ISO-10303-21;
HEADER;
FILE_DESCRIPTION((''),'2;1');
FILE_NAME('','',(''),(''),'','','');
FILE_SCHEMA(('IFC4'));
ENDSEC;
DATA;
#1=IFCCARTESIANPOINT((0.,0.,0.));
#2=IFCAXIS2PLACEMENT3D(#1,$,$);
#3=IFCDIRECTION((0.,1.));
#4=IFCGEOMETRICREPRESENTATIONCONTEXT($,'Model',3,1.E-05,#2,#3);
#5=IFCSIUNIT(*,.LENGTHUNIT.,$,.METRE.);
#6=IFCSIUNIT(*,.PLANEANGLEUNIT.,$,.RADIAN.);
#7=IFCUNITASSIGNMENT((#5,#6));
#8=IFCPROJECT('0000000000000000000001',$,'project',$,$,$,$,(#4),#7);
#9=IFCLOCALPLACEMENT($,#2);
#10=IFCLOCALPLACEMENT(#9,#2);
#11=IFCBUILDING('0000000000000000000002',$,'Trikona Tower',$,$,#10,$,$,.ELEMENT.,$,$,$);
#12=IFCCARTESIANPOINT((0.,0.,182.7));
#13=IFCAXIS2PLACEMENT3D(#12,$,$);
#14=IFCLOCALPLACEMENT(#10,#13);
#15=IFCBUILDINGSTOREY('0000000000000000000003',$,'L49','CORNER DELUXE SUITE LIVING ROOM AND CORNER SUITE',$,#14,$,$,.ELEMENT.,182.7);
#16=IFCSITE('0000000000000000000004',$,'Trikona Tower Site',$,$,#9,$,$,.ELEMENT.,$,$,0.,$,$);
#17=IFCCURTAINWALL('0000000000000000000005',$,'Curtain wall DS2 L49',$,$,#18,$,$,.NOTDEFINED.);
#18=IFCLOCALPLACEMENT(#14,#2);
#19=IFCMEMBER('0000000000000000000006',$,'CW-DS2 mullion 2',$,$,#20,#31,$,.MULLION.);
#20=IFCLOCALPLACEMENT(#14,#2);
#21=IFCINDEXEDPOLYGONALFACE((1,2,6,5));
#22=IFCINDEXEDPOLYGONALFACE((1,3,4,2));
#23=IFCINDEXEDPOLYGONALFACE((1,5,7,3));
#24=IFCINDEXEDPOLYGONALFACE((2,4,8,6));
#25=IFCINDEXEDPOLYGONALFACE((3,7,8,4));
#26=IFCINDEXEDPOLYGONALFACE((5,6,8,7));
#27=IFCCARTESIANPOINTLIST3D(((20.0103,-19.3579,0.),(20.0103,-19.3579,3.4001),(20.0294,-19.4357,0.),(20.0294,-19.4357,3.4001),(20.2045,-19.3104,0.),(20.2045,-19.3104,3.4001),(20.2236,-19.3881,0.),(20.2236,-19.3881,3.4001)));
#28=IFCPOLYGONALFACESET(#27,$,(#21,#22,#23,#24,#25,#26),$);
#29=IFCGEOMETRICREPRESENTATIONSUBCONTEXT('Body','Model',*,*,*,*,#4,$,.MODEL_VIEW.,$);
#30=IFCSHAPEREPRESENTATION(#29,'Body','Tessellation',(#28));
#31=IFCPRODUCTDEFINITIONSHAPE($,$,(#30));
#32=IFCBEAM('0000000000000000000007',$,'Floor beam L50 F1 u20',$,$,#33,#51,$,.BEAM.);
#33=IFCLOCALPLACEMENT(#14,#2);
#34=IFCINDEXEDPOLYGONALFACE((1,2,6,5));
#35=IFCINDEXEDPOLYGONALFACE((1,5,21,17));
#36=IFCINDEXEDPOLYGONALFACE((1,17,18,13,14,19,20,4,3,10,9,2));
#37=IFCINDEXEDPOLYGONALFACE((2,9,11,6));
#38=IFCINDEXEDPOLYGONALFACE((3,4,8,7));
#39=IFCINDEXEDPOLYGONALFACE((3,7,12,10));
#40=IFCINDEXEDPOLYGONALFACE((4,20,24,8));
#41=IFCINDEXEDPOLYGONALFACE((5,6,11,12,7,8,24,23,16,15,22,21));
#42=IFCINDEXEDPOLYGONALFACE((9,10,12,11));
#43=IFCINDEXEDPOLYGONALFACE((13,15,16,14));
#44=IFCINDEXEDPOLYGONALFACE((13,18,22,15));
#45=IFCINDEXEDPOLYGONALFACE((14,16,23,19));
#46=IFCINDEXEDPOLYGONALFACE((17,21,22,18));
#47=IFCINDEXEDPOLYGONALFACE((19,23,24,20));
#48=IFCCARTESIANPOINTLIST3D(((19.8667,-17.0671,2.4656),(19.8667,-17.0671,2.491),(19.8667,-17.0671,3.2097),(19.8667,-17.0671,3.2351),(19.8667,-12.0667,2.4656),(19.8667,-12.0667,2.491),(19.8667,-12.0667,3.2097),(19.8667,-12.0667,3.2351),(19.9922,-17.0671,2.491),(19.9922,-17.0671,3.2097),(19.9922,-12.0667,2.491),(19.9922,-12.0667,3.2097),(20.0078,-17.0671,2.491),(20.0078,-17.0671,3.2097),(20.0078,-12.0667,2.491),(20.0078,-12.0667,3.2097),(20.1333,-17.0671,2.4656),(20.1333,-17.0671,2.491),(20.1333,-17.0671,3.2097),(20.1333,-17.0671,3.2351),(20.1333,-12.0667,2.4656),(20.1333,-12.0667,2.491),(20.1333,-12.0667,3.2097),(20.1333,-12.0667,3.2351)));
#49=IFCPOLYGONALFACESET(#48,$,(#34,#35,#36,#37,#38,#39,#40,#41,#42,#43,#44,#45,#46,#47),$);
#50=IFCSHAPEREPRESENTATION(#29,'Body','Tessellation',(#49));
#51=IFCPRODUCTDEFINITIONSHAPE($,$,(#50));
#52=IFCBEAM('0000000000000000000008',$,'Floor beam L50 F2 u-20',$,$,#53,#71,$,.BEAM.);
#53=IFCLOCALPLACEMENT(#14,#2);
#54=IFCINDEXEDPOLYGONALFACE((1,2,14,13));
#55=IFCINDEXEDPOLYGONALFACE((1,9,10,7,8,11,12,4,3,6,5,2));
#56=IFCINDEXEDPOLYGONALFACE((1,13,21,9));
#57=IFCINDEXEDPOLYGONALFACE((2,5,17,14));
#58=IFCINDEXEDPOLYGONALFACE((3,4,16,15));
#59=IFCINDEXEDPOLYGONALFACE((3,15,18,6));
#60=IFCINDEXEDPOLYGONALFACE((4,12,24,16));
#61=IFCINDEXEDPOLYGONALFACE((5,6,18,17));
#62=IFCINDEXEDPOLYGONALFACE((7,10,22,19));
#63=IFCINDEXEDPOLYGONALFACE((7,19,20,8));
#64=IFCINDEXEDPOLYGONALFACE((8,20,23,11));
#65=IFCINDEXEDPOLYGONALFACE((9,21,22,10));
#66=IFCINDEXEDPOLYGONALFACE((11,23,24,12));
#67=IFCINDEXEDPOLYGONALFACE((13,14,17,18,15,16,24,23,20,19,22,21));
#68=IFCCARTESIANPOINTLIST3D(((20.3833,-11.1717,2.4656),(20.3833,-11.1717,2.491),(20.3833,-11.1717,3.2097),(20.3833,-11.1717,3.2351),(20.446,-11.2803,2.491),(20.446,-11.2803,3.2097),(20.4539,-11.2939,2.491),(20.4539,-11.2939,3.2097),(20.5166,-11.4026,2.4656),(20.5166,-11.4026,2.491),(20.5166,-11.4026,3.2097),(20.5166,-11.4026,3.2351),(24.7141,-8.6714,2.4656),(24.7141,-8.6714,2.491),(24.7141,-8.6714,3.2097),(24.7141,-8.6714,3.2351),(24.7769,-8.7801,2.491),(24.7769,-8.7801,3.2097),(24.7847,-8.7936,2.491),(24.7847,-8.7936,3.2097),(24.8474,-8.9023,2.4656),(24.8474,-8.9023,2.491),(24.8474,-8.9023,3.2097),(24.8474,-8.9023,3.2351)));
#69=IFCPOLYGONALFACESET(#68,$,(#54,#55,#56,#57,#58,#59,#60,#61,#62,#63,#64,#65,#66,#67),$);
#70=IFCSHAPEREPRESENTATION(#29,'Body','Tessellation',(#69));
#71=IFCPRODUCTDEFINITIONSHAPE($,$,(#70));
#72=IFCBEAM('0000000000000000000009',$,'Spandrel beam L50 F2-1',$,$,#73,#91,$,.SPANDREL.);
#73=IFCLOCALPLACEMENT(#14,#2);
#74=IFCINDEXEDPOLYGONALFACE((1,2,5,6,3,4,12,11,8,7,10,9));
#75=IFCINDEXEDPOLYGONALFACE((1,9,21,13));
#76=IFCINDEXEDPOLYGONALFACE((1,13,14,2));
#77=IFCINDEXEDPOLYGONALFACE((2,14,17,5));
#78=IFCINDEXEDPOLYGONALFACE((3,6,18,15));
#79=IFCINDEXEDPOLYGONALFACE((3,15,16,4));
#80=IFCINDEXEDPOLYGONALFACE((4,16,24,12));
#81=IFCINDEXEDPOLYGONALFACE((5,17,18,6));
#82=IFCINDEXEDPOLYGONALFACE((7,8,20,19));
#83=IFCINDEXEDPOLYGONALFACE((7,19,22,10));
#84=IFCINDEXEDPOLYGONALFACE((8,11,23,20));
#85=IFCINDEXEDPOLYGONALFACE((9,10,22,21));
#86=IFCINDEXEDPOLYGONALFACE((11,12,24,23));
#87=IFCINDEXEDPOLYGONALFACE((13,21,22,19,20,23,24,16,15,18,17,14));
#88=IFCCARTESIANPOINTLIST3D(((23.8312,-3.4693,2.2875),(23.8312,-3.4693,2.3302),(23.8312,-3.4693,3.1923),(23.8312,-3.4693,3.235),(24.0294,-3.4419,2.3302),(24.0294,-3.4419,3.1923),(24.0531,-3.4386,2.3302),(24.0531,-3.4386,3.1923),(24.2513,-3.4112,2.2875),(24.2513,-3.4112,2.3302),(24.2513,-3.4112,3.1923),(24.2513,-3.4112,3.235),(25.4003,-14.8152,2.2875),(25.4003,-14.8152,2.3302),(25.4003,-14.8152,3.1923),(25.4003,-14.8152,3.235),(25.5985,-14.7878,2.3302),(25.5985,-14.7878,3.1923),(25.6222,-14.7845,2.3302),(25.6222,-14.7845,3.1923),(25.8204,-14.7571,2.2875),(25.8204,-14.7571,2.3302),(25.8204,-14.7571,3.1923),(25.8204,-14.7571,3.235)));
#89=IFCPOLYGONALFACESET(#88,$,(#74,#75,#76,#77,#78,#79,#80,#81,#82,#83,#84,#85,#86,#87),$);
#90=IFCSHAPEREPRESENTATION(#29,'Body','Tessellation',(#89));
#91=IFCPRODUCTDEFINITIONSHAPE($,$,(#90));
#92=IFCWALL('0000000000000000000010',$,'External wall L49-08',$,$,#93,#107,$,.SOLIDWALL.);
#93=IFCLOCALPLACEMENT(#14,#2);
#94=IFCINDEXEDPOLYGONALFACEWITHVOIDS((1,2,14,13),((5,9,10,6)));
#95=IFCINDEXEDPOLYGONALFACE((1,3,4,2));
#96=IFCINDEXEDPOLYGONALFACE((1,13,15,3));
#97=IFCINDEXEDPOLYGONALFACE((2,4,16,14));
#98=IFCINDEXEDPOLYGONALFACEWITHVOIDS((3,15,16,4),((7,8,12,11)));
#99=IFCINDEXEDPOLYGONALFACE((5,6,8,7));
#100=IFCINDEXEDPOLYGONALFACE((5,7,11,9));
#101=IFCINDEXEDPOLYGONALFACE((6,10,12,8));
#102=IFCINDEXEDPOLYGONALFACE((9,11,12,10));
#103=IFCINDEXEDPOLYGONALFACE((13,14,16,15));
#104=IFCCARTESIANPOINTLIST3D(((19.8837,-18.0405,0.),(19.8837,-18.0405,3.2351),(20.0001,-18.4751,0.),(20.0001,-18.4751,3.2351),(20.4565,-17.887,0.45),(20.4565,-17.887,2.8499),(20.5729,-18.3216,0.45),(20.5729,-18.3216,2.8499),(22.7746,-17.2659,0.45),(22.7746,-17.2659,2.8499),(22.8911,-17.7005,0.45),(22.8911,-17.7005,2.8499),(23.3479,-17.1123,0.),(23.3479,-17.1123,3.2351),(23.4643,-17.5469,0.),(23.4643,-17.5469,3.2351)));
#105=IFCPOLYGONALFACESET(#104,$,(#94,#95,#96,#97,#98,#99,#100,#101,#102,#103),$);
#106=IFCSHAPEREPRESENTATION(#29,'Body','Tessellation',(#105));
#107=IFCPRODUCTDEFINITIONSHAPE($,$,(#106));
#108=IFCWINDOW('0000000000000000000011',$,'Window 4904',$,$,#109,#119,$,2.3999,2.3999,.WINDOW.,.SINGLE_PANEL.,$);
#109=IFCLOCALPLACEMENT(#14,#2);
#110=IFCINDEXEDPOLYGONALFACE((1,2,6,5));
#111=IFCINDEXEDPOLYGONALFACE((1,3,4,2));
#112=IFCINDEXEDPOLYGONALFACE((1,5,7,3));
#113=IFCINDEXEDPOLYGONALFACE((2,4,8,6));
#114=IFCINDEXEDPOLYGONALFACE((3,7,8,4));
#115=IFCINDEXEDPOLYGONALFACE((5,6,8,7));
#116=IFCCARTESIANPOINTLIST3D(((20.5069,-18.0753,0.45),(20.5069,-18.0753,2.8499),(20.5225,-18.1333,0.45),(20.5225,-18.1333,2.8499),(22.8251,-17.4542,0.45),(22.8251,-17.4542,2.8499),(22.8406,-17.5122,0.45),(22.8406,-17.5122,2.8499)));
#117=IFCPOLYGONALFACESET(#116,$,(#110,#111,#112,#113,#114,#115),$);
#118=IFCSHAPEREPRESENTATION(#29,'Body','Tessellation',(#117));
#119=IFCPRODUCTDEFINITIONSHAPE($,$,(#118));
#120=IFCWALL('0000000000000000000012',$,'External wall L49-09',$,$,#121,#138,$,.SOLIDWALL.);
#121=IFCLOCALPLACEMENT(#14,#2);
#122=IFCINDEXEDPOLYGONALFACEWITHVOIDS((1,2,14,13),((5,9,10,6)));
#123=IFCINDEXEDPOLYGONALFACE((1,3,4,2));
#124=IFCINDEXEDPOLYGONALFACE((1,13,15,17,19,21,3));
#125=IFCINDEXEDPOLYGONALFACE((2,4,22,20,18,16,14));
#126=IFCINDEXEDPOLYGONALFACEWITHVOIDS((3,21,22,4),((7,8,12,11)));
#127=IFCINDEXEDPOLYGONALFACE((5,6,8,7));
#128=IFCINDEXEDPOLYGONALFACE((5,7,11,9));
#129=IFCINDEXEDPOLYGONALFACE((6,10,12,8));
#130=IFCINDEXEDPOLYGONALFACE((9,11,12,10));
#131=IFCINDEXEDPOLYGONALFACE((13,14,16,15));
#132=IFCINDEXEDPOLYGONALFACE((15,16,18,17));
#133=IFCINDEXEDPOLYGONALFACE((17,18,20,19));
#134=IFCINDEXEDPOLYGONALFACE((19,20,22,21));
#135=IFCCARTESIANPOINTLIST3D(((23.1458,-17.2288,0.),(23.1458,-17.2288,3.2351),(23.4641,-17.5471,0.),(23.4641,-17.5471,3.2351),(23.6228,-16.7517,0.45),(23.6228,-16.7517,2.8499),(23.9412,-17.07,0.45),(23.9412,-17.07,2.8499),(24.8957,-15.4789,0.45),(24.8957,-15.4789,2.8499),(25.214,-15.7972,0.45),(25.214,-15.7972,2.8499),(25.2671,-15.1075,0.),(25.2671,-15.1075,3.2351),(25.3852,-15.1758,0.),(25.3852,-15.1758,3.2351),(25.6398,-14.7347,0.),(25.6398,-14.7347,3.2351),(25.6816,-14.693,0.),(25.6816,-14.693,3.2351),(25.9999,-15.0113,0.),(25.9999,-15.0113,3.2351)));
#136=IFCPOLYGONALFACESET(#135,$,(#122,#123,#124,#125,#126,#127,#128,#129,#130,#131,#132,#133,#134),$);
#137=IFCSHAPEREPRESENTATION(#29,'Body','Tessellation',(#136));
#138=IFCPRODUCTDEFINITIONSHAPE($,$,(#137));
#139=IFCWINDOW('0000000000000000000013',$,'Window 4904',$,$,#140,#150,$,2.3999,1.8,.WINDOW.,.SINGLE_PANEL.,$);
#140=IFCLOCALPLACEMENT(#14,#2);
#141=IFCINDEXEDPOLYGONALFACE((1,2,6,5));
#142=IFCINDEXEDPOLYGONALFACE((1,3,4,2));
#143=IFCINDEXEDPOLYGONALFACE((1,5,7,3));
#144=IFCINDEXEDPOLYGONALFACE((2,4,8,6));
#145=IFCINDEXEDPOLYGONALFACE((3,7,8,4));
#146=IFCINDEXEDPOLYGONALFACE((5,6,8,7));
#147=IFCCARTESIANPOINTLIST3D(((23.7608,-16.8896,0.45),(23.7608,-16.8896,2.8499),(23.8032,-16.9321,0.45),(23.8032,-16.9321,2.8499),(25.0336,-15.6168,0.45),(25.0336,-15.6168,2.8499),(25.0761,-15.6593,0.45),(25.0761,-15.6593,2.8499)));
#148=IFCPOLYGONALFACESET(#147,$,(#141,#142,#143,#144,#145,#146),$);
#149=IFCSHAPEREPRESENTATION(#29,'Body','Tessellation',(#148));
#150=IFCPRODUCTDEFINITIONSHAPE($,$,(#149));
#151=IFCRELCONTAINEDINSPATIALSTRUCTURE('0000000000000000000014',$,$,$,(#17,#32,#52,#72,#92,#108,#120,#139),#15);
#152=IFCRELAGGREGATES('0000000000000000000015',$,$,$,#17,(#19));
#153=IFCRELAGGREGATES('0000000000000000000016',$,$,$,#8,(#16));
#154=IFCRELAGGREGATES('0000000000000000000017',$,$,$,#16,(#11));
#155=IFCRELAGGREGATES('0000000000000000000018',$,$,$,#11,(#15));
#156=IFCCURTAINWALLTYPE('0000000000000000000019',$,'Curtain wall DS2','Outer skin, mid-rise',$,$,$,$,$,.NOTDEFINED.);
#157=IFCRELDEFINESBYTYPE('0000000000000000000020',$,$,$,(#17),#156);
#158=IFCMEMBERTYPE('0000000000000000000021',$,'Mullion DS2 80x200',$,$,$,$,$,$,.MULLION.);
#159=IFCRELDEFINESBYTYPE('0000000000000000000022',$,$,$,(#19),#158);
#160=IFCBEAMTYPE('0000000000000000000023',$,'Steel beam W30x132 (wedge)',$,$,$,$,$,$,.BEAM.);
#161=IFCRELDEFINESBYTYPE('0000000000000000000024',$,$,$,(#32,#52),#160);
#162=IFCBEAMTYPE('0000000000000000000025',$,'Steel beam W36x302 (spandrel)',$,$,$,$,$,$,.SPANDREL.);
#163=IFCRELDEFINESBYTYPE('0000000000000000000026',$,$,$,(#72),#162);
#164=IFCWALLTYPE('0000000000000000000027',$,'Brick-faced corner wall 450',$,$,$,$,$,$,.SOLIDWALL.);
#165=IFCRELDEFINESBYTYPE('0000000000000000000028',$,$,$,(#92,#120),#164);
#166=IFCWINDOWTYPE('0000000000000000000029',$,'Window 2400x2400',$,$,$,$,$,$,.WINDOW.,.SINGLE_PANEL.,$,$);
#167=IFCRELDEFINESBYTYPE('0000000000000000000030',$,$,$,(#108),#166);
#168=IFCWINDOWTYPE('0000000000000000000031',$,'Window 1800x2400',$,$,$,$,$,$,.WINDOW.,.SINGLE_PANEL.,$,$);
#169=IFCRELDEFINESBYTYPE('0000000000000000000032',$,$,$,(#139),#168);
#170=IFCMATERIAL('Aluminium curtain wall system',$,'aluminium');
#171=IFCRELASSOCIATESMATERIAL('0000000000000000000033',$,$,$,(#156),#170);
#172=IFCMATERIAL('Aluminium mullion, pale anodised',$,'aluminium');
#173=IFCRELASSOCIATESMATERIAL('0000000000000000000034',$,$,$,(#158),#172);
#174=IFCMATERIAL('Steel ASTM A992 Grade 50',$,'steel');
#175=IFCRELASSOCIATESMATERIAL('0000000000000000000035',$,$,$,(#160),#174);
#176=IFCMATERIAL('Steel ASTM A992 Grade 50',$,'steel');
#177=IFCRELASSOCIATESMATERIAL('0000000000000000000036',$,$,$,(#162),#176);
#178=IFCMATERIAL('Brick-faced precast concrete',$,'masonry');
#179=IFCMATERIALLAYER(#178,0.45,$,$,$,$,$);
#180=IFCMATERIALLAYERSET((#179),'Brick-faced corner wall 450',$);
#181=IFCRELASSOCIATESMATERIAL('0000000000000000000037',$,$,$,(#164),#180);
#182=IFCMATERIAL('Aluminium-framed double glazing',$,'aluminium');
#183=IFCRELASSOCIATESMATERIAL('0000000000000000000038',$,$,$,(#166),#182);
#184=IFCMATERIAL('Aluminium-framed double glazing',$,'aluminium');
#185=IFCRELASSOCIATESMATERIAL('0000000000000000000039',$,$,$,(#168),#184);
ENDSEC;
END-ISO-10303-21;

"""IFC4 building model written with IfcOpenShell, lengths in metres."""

from ifc_helpers import new_model, si_unit, direction, frame, frame_2d, origin, origin_2d, place, context, subcontext, project, spatial, polyline, rectangle, i_section, outline, extrude, material, layer, layer_set, material_profile, profile_set, type_object, element, fill, aggregate, save


model = new_model("IFC4")

# Units and contexts
model_context = context("Model", 3, precision=1e-05, world=origin(), true_north=direction((0.0, 1.0)))
body_context = subcontext(model_context, "Body", "Model", "MODEL_VIEW")
ifc_project = project(units=[si_unit("LENGTHUNIT", "METRE"), si_unit("PLANEANGLEUNIT", "RADIAN")], contexts=[model_context])

# Site, building, storey
site_placement = place(None, origin())
site = spatial("IfcSite", under=ifc_project, at=site_placement, Name="Trikona Tower Site", CompositionType="ELEMENT", RefElevation=0.0)
building_placement = place(site_placement, origin())
building = spatial("IfcBuilding", under=site, at=building_placement, Name="Trikona Tower", CompositionType="ELEMENT")
storey_placement = place(building_placement, frame((0.0, 0.0, 182.7)))
storey = spatial("IfcBuildingStorey", under=building, at=storey_placement, Name="L49", Description="CORNER DELUXE SUITE LIVING ROOM AND CORNER SUITE", CompositionType="ELEMENT", Elevation=182.7)

# Curtain wall, member
ifc_material_1 = material(Name="Aluminium curtain wall system", Category="aluminium")
curtain_wall_type = type_object("IfcCurtainWallType", Name="Curtain wall DS2", Description="Outer skin, mid-rise", PredefinedType="NOTDEFINED", material=ifc_material_1)
curtain_wall_placement = place(storey_placement, origin())
curtain_wall = element("IfcCurtainWall", 1, at=curtain_wall_placement, inside=storey, type_object=curtain_wall_type, Name="Curtain wall DS2 L49", PredefinedType="NOTDEFINED")
ifc_material_2 = material(Name="Aluminium mullion, pale anodised", Category="aluminium")
ifc_material_profile_1 = material_profile(ifc_material_2, rectangle(XDim=0.0801, YDim=0.2, at=origin_2d()), Name="MUL-DS2")
ifc_profile_set_1 = profile_set([ifc_material_profile_1], Name="Aluminium mullion, pale anodised")
member_type = type_object("IfcMemberType", Name="Mullion DS2 80x200", PredefinedType="MULLION", material=ifc_profile_set_1)
member_placement = place(storey_placement, frame((20.1169, -19.373, 0.0), z_axis=(0.0, 0.0, 1.0), x_axis=(-0.23797, 0.971272, 0.0)))
member = element("IfcMember", 2, at=member_placement, type_object=member_type, Name="CW-DS2 mullion 2", PredefinedType="MULLION", context=body_context, shape_type="SweptSolid", body=[
    extrude(rectangle(XDim=0.0801, YDim=0.2, at=origin_2d()), origin(), (0.0, 0.0, 1.0), 3.4001),
])
aggregate(curtain_wall, [member])

# Beams
ifc_material_3 = material(Name="Steel ASTM A992 Grade 50", Category="steel")
ifc_material_profile_2 = material_profile(ifc_material_3, i_section(OverallWidth=0.2666, OverallDepth=0.7695, WebThickness=0.0156, FlangeThickness=0.0254, at=origin_2d()), Name="W30X132")
ifc_profile_set_2 = profile_set([ifc_material_profile_2], Name="Steel ASTM A992 Grade 50")
beam_type_1 = type_object("IfcBeamType", Name="Steel beam W30x132 (wedge)", PredefinedType="BEAM", material=ifc_profile_set_2)
beam_1_placement = place(storey_placement, frame((20.0, -12.0667, 2.8503), z_axis=(0.0, -1.0, 0.0), x_axis=(1.0, 0.0, 0.0)))
element("IfcBeam", 3, at=beam_1_placement, inside=storey, type_object=beam_type_1, Name="Floor beam L50 F1 u20", PredefinedType="BEAM", context=body_context, shape_type="SweptSolid", body=[
    extrude(i_section(OverallWidth=0.2666, OverallDepth=0.7695, WebThickness=0.0156, FlangeThickness=0.0254, at=origin_2d()), origin(), (0.0, 0.0, 1.0), 5.0005),
])
beam_2_placement = place(storey_placement, frame((20.45, -11.2871, 2.8503), z_axis=(0.866038, 0.499977, 0.0), x_axis=(-0.499977, 0.866038, 0.0)))
element("IfcBeam", 4, at=beam_2_placement, inside=storey, type_object=beam_type_1, Name="Floor beam L50 F2 u-20", PredefinedType="BEAM", context=body_context, shape_type="SweptSolid", body=[
    extrude(i_section(OverallWidth=0.2666, OverallDepth=0.7695, WebThickness=0.0156, FlangeThickness=0.0254, at=origin_2d()), origin(), (0.0, 0.0, 1.0), 5.0007),
])
ifc_material_4 = material(Name="Steel ASTM A992 Grade 50", Category="steel")
ifc_material_profile_3 = material_profile(ifc_material_4, i_section(OverallWidth=0.4241, OverallDepth=0.9475, WebThickness=0.0239, FlangeThickness=0.0427, at=origin_2d()), Name="W36X302")
ifc_profile_set_3 = profile_set([ifc_material_profile_3], Name="Steel ASTM A992 Grade 50")
beam_type_2 = type_object("IfcBeamType", Name="Steel beam W36x302 (spandrel)", PredefinedType="SPANDREL", material=ifc_profile_set_3)
beam_3_placement = place(storey_placement, frame((25.6104, -14.7861, 2.7612), z_axis=(-0.136992, 0.990572, 0.0), x_axis=(-0.990572, -0.136992, 0.0)))
element("IfcBeam", 5, at=beam_3_placement, inside=storey, type_object=beam_type_2, Name="Spandrel beam L50 F2-1", PredefinedType="SPANDREL", context=body_context, shape_type="SweptSolid", body=[
    extrude(i_section(OverallWidth=0.4241, OverallDepth=0.9475, WebThickness=0.0239, FlangeThickness=0.0427, at=origin_2d()), origin(), (0.0, 0.0, 1.0), 11.4539),
])

# Walls, openings, windows
ifc_material_5 = material(Name="Brick-faced precast concrete", Category="masonry")
ifc_layer_1 = layer(ifc_material_5, 0.45)
ifc_layer_set_1 = layer_set([ifc_layer_1], Name="Brick-faced corner wall 450")
wall_type_1 = type_object("IfcWallType", Name="Brick-faced corner wall 450", PredefinedType="SOLIDWALL", material=ifc_layer_set_1)
wall_1_placement = place(storey_placement, frame((19.9419, -18.2578, 0.0), z_axis=(0.0, 0.0, 1.0), x_axis=(0.965925, 0.258823, 0.0)))
wall_1 = element("IfcWall", 6, at=wall_1_placement, inside=storey, type_object=wall_type_1, Name="External wall L49-08", PredefinedType="SOLIDWALL", context=body_context, shape_type="SweptSolid", body=[
    extrude(rectangle(XDim=3.5864, YDim=0.45, at=frame_2d((1.7932, 0.0))), origin(), (0.0, 0.0, 1.0), 3.2351),
])
opening_1_placement = place(wall_1_placement, frame((0.593, 0.0, 0.45)))
opening_1 = element("IfcOpeningElement", 7, at=opening_1_placement, cuts=wall_1, PredefinedType="OPENING", context=body_context, shape_type="SweptSolid", body=[
    extrude(rectangle(XDim=2.3999, YDim=2.3999, at=frame_2d((1.2, 1.2))), frame((0.0, 0.2349, 0.0), z_axis=(0.0, -1.0, 0.0), x_axis=(1.0, 0.0, 0.0)), (0.0, 0.0, 1.0), 0.47),
])
ifc_material_6 = material(Name="Aluminium-framed double glazing", Category="aluminium")
window_type_1 = type_object("IfcWindowType", Name="Window 2400x2400", PartitioningType="SINGLE_PANEL", PredefinedType="WINDOW", material=ifc_material_6)
window_1_placement = place(opening_1_placement, origin())
window_1 = element("IfcWindow", 8, at=window_1_placement, inside=storey, type_object=window_type_1, Name="Window 4904", OverallHeight=2.3999, OverallWidth=2.3999, PartitioningType="SINGLE_PANEL", PredefinedType="WINDOW", context=body_context, shape_type="SweptSolid", body=[
    extrude(rectangle(XDim=2.3999, YDim=2.3999, at=frame_2d((1.2, 1.2))), frame((0.0, 0.03, 0.0), z_axis=(0.0, -1.0, 0.0), x_axis=(1.0, 0.0, 0.0)), (0.0, 0.0, 1.0), 0.0601),
])
fill(opening_1, window_1)
wall_2_placement = place(storey_placement, frame((23.3049, -17.3879, 0.0), z_axis=(0.0, 0.0, 1.0), x_axis=(0.707107, 0.707107, 0.0)))
wall_2 = element("IfcWall", 9, at=wall_2_placement, inside=storey, type_object=wall_type_1, Name="External wall L49-09", PredefinedType="SOLIDWALL", context=body_context, shape_type="SweptSolid", body=[
    extrude(outline(polyline([(3.5862, 0.2251), (3.5271, 0.2251), (3.0352, 0.0933), (3.0, 0.2251), (0.0, 0.2251), (0.0, -0.2251), (3.5862, -0.2251), (3.5862, 0.2251)])), origin(), (0.0, 0.0, 1.0), 3.2351),
])
opening_2_placement = place(wall_2_placement, frame((0.6748, 0.0, 0.45)))
opening_2 = element("IfcOpeningElement", 10, at=opening_2_placement, cuts=wall_2, PredefinedType="OPENING", context=body_context, shape_type="SweptSolid", body=[
    extrude(rectangle(XDim=1.8, YDim=2.3999, at=frame_2d((0.8999, 1.2))), frame((0.0, 0.2349, 0.0), z_axis=(0.0, -1.0, 0.0), x_axis=(1.0, 0.0, 0.0)), (0.0, 0.0, 1.0), 0.47),
])
ifc_material_7 = material(Name="Aluminium-framed double glazing", Category="aluminium")
window_type_2 = type_object("IfcWindowType", Name="Window 1800x2400", PartitioningType="SINGLE_PANEL", PredefinedType="WINDOW", material=ifc_material_7)
window_2_placement = place(opening_2_placement, origin())
window_2 = element("IfcWindow", 11, at=window_2_placement, inside=storey, type_object=window_type_2, Name="Window 4904", OverallHeight=2.3999, OverallWidth=1.8, PartitioningType="SINGLE_PANEL", PredefinedType="WINDOW", context=body_context, shape_type="SweptSolid", body=[
    extrude(rectangle(XDim=1.8, YDim=2.3999, at=frame_2d((0.8999, 1.2))), frame((0.0, 0.03, 0.0), z_axis=(0.0, -1.0, 0.0), x_axis=(1.0, 0.0, 0.0)), (0.0, 0.0, 1.0), 0.0601),
])
fill(opening_2, window_2)

save(model, "model.ifc")
